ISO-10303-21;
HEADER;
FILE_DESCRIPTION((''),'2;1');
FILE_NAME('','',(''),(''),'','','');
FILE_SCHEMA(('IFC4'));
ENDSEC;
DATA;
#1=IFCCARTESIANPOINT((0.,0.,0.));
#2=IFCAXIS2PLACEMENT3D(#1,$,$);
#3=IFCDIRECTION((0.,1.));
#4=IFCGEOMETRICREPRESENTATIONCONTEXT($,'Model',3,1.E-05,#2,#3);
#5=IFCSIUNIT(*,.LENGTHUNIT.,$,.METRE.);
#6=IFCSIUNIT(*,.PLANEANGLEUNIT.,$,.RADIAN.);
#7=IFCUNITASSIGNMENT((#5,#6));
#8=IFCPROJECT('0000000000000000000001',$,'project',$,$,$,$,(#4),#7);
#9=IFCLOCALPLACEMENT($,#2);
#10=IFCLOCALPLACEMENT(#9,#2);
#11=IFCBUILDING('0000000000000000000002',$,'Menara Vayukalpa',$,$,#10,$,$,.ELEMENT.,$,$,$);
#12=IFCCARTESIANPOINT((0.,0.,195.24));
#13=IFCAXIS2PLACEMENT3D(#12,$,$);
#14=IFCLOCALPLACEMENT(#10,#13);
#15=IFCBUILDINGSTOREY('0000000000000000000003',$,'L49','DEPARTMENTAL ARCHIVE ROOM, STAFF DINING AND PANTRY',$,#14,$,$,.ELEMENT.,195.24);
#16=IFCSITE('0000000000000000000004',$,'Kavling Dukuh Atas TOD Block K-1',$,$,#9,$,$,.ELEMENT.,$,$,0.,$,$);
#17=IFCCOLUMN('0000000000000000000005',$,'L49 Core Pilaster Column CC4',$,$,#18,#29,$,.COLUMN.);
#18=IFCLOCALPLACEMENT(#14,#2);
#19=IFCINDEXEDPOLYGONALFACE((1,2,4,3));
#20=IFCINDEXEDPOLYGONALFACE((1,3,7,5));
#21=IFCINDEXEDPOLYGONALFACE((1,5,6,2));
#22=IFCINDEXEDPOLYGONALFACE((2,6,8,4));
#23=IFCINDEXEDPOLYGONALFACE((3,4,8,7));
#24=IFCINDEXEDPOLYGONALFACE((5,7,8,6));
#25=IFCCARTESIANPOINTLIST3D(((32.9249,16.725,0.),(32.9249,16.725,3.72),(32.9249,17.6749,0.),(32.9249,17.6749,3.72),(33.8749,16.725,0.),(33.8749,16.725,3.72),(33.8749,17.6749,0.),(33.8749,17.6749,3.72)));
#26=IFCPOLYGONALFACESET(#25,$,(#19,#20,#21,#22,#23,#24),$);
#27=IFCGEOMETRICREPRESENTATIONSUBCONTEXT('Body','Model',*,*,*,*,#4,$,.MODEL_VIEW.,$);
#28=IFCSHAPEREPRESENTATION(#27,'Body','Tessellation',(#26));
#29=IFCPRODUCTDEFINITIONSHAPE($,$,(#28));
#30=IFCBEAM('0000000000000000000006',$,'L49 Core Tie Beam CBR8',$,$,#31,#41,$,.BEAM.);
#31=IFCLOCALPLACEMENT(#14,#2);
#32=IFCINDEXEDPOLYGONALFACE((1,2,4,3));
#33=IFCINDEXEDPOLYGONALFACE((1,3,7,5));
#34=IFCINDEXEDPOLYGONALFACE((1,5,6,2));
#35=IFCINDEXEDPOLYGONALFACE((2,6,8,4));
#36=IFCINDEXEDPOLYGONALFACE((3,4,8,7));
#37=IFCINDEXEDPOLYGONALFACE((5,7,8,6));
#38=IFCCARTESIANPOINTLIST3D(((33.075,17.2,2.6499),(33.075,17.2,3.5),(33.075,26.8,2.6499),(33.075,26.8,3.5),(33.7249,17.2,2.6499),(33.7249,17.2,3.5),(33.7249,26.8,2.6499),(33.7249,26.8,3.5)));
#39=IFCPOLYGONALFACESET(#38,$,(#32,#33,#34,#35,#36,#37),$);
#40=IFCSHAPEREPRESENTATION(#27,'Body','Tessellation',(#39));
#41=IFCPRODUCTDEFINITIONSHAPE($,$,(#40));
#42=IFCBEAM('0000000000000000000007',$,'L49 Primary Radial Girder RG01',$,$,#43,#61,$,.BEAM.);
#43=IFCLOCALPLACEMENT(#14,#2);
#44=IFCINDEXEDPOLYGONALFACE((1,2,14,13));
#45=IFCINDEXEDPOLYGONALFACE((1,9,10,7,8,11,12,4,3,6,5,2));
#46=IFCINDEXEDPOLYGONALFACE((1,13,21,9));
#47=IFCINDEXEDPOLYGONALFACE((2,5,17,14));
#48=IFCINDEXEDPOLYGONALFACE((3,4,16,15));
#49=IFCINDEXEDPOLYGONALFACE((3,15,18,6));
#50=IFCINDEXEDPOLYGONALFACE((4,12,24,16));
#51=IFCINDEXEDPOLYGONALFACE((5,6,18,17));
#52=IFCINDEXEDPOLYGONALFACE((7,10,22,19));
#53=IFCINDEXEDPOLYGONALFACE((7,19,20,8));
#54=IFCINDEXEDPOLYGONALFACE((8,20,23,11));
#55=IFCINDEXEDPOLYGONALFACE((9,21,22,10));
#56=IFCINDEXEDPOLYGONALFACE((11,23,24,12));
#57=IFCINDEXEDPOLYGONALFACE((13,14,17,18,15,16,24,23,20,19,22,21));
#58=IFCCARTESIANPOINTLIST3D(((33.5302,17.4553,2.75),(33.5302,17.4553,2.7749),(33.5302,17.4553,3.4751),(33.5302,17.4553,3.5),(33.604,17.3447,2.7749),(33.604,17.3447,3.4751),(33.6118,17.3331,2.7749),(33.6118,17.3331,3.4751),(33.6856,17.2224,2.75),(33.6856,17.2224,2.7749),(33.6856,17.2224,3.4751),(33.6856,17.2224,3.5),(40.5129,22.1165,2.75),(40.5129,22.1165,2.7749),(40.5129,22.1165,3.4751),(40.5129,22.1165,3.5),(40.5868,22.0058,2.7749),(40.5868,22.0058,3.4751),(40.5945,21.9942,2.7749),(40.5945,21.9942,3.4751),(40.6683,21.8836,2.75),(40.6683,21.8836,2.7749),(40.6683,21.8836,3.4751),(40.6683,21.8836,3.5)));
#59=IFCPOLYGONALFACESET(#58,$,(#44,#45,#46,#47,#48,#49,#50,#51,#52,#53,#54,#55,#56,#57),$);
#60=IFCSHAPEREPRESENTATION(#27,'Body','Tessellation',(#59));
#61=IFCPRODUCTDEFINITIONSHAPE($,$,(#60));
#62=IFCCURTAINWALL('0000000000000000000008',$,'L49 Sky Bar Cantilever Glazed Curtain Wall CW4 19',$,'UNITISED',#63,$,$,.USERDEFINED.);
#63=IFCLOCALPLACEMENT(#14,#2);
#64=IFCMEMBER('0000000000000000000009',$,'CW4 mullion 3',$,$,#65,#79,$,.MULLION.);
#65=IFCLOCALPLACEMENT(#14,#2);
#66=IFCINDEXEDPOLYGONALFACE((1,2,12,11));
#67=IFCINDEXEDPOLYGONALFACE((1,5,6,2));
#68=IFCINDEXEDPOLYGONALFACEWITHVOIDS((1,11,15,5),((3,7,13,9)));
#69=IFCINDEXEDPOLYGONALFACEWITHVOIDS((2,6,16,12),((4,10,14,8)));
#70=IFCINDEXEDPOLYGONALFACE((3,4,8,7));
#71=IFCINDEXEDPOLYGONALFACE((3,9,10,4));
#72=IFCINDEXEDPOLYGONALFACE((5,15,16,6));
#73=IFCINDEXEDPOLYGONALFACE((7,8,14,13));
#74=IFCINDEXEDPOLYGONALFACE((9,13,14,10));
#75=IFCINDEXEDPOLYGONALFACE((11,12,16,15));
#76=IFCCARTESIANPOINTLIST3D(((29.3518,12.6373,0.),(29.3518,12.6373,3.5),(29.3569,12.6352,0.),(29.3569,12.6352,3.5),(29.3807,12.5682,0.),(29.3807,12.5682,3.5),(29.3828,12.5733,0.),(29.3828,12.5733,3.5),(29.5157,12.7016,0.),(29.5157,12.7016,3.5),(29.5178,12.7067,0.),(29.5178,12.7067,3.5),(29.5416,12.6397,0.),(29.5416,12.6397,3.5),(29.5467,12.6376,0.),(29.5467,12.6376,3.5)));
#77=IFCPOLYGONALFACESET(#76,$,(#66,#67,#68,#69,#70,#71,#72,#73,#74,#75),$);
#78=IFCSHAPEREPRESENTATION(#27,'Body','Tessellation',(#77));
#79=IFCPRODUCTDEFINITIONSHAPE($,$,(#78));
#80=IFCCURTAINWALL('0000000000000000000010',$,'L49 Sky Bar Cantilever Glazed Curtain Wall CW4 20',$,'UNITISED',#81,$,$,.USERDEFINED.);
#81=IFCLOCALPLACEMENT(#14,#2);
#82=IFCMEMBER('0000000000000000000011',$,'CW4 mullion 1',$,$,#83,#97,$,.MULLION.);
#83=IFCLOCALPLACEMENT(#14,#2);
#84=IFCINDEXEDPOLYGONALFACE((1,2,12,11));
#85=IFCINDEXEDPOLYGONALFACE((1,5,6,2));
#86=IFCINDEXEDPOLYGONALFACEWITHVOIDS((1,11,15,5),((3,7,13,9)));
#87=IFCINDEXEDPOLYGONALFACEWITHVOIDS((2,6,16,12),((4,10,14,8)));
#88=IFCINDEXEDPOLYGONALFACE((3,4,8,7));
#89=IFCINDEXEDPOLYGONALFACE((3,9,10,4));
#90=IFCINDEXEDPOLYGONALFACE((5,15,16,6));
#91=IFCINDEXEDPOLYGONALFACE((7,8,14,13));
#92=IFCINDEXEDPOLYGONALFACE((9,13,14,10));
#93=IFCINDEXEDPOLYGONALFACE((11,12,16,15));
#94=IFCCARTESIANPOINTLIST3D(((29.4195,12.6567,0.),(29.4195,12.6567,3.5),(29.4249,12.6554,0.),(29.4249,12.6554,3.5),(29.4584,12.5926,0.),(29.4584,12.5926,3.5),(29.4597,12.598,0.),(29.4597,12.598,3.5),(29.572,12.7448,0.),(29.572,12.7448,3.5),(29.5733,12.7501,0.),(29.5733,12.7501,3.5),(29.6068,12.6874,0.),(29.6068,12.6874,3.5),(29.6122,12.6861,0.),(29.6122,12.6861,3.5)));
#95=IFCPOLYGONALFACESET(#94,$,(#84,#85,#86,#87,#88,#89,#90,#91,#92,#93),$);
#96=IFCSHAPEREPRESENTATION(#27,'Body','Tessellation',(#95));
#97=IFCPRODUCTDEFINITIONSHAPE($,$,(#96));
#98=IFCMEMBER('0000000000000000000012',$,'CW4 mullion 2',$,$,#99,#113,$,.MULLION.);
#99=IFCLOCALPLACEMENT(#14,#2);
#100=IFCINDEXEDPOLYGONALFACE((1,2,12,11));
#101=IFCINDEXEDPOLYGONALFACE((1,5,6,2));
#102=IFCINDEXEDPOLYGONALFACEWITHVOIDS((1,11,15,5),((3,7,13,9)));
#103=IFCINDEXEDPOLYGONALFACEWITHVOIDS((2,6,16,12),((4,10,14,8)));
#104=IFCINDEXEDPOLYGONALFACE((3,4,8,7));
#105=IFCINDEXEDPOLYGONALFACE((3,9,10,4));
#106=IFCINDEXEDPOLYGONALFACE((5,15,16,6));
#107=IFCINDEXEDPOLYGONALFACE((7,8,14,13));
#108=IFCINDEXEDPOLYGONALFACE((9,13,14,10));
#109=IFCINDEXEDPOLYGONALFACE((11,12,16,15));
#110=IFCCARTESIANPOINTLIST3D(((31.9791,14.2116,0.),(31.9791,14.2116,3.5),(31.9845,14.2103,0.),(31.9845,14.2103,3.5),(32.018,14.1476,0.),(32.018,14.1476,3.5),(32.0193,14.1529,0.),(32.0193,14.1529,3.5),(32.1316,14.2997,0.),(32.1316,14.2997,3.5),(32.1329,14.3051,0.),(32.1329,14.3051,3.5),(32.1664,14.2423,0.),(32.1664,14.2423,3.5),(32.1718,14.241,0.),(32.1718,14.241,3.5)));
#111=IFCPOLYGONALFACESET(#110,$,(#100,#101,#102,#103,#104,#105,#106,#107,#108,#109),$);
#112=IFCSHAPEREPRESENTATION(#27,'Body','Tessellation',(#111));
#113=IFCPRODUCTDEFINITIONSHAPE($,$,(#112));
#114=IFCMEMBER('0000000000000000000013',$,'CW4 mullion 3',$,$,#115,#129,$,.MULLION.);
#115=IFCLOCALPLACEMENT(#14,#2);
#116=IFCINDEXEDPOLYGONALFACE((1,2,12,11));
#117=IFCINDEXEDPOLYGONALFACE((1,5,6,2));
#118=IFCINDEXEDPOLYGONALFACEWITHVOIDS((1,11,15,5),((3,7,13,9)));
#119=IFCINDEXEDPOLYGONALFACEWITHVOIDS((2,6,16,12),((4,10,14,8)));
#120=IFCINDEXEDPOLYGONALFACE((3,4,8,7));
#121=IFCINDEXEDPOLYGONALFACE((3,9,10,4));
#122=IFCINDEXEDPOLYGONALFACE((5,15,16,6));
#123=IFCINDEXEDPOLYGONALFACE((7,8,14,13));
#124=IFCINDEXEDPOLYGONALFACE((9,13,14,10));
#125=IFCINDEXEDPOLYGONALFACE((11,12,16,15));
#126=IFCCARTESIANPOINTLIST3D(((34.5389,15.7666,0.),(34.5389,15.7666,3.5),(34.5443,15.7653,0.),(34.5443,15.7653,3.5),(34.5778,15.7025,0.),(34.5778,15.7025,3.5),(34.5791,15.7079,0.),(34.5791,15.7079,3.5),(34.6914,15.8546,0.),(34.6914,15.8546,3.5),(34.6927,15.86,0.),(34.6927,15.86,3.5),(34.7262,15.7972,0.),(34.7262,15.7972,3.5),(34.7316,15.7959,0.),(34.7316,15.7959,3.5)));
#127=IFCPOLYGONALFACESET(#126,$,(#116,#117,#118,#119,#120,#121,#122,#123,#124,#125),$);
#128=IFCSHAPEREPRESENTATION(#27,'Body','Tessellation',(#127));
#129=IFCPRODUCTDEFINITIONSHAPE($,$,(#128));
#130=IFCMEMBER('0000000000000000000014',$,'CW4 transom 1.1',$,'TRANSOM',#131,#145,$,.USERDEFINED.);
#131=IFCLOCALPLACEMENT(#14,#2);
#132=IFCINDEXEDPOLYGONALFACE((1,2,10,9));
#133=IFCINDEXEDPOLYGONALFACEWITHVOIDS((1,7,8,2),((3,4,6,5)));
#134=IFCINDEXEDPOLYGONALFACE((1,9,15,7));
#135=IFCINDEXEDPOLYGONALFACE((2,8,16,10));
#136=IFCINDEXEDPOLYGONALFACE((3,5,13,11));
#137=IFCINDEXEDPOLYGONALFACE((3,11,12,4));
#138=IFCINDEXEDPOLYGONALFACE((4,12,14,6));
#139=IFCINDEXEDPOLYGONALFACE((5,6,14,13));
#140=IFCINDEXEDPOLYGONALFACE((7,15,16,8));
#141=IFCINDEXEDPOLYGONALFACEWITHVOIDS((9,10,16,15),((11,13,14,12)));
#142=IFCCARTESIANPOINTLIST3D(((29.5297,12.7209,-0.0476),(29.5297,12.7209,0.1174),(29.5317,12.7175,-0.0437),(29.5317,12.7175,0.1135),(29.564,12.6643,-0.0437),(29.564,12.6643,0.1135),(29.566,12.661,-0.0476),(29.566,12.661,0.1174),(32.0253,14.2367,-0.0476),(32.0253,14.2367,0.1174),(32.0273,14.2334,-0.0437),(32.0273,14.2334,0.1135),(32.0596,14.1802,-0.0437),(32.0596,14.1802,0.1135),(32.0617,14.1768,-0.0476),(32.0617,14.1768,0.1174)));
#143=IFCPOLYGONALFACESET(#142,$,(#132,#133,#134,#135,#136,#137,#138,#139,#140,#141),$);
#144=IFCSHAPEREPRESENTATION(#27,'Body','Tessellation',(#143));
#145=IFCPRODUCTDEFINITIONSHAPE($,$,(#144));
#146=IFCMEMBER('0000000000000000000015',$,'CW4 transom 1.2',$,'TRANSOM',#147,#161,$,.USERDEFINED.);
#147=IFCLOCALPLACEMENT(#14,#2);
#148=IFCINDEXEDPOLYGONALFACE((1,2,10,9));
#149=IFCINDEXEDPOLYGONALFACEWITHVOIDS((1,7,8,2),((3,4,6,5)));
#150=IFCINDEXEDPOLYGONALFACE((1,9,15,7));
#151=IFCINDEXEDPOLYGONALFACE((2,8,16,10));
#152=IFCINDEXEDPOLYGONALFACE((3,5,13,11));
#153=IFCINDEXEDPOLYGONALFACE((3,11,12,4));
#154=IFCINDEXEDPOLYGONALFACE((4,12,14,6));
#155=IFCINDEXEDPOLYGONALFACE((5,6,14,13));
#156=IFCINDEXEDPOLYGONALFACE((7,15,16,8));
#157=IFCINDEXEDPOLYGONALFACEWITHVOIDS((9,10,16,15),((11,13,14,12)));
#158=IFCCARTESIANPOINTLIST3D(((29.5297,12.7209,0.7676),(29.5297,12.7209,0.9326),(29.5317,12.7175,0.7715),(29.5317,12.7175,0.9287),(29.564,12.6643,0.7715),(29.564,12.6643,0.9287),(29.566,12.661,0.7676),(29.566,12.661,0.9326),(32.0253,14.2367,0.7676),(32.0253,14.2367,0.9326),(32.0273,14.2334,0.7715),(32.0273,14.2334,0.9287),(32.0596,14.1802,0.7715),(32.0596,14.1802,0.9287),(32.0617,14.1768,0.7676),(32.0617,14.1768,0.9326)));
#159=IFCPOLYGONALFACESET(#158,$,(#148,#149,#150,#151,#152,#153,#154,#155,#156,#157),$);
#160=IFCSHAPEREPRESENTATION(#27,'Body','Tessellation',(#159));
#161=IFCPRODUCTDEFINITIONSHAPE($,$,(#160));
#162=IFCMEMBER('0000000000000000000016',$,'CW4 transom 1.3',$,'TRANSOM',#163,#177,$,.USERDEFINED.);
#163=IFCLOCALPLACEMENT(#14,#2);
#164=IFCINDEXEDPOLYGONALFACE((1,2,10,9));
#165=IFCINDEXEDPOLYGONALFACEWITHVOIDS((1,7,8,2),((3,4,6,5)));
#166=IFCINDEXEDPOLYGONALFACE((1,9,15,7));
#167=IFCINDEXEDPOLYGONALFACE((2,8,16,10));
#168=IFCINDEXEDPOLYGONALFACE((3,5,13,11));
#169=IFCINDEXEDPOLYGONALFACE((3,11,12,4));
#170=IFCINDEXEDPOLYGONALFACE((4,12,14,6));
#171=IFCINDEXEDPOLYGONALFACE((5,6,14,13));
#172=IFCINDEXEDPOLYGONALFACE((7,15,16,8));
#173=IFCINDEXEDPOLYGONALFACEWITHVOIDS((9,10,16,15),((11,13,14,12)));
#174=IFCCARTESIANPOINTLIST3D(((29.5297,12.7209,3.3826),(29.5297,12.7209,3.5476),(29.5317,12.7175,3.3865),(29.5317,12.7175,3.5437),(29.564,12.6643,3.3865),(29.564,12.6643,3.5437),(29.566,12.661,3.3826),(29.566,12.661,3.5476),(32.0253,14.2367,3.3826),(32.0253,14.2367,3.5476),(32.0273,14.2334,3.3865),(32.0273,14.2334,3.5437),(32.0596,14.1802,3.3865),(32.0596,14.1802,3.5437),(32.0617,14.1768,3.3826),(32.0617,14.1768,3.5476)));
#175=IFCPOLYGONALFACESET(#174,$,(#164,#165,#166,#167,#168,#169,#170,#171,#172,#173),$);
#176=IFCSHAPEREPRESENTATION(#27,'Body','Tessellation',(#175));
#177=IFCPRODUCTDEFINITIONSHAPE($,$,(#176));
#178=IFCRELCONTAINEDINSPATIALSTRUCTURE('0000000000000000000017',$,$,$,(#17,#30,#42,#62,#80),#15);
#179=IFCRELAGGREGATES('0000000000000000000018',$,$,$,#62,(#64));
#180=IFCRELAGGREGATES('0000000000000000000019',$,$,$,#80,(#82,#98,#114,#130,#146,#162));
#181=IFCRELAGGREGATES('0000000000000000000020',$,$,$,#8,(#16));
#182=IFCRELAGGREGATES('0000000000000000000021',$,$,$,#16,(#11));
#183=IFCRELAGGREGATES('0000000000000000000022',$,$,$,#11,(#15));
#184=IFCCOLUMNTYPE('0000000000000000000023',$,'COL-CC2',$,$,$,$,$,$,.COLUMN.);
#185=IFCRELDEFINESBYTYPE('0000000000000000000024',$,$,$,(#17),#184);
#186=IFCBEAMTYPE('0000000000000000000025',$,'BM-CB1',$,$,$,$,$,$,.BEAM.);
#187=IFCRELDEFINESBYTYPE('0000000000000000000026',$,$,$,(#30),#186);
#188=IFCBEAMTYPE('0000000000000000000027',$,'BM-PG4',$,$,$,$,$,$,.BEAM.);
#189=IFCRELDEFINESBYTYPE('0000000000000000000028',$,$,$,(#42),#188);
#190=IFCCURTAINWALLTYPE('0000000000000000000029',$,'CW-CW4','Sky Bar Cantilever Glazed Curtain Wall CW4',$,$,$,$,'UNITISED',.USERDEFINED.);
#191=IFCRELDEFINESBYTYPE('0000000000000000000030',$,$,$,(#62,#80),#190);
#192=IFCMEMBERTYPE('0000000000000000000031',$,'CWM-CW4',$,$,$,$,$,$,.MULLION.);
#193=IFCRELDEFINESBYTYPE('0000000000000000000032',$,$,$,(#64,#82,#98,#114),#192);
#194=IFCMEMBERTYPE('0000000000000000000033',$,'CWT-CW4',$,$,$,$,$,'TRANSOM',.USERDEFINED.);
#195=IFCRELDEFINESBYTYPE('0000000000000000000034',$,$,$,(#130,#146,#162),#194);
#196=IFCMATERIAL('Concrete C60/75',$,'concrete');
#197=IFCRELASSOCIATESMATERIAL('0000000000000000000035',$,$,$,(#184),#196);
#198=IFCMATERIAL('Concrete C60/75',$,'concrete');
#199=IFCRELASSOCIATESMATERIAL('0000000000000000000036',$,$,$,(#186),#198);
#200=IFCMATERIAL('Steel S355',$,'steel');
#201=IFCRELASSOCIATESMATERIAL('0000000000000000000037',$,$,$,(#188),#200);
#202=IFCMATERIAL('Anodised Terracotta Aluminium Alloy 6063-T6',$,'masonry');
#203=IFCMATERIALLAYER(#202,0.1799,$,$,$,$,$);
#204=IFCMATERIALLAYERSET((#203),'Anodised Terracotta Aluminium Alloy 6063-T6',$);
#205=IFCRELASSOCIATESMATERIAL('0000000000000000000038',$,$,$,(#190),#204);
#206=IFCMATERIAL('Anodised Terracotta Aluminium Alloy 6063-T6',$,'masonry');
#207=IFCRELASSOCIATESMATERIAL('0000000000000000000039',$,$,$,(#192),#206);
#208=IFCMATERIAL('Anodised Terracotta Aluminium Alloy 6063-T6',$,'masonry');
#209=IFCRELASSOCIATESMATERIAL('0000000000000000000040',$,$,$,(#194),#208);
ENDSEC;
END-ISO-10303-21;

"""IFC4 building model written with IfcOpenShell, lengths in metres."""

from ifc_helpers import new_model, si_unit, direction, frame, origin, origin_2d, place, context, subcontext, project, spatial, rectangle, hollow_rectangle, i_section, extrude, material, layer, layer_set, material_profile, profile_set, type_object, element, aggregate, save


model = new_model("IFC4")

# Units and contexts
model_context = context("Model", 3, precision=1e-05, world=origin(), true_north=direction((0.0, 1.0)))
body_context = subcontext(model_context, "Body", "Model", "MODEL_VIEW")
ifc_project = project(units=[si_unit("LENGTHUNIT", "METRE"), si_unit("PLANEANGLEUNIT", "RADIAN")], contexts=[model_context])

# Site, building, storey
site_placement = place(None, origin())
site = spatial("IfcSite", under=ifc_project, at=site_placement, Name="Kavling Dukuh Atas TOD Block K-1", CompositionType="ELEMENT", RefElevation=0.0)
building_placement = place(site_placement, origin())
building = spatial("IfcBuilding", under=site, at=building_placement, Name="Menara Vayukalpa", CompositionType="ELEMENT")
storey_placement = place(building_placement, frame((0.0, 0.0, 195.24)))
storey = spatial("IfcBuildingStorey", under=building, at=storey_placement, Name="L49", Description="DEPARTMENTAL ARCHIVE ROOM, STAFF DINING AND PANTRY", CompositionType="ELEMENT", Elevation=195.24)

# Column
ifc_material_1 = material(Name="Concrete C60/75", Category="concrete")
ifc_material_profile_1 = material_profile(ifc_material_1, rectangle(XDim=0.95, YDim=0.95, at=origin_2d()), Name="RC 950x950")
ifc_profile_set_1 = profile_set([ifc_material_profile_1], Name="Concrete C60/75")
column_type = type_object("IfcColumnType", Name="COL-CC2", PredefinedType="COLUMN", material=ifc_profile_set_1)
column_placement = place(storey_placement, frame((33.3999, 17.2, 0.0), z_axis=(0.0, 0.0, 1.0), x_axis=(1.0, 0.0, 0.0)))
element("IfcColumn", 1, at=column_placement, inside=storey, type_object=column_type, Name="L49 Core Pilaster Column CC4", PredefinedType="COLUMN", context=body_context, shape_type="SweptSolid", body=[
    extrude(rectangle(XDim=0.95, YDim=0.95, at=origin_2d()), origin(), (0.0, 0.0, 1.0), 3.72),
])

# Beams
ifc_material_2 = material(Name="Concrete C60/75", Category="concrete")
ifc_material_profile_2 = material_profile(ifc_material_2, rectangle(XDim=0.6499, YDim=0.8501, at=origin_2d()), Name="RC 650x850")
ifc_profile_set_2 = profile_set([ifc_material_profile_2], Name="Concrete C60/75")
beam_type_1 = type_object("IfcBeamType", Name="BM-CB1", PredefinedType="BEAM", material=ifc_profile_set_2)
beam_1_placement = place(storey_placement, frame((33.3999, 17.2, 3.075), z_axis=(0.0, 1.0, 0.0), x_axis=(-1.0, 0.0, 0.0)))
element("IfcBeam", 2, at=beam_1_placement, inside=storey, type_object=beam_type_1, Name="L49 Core Tie Beam CBR8", PredefinedType="BEAM", context=body_context, shape_type="SweptSolid", body=[
    extrude(rectangle(XDim=0.6499, YDim=0.8501, at=origin_2d()), origin(), (0.0, 0.0, 1.0), 9.6001),
])
ifc_material_3 = material(Name="Steel S355", Category="steel")
ifc_material_profile_3 = material_profile(ifc_material_3, i_section(OverallWidth=0.28, OverallDepth=0.75, WebThickness=0.0139, FlangeThickness=0.0249, at=origin_2d()), Name="WF 750x280x14x25")
ifc_profile_set_3 = profile_set([ifc_material_profile_3], Name="Steel S355")
beam_type_2 = type_object("IfcBeamType", Name="BM-PG4", PredefinedType="BEAM", material=ifc_profile_set_3)
beam_2_placement = place(storey_placement, frame((33.6079, 17.3389, 3.125), z_axis=(0.831719, 0.555197, 0.0), x_axis=(-0.555197, 0.831719, 0.0)))
element("IfcBeam", 3, at=beam_2_placement, inside=storey, type_object=beam_type_2, Name="L49 Primary Radial Girder RG01", PredefinedType="BEAM", context=body_context, shape_type="SweptSolid", body=[
    extrude(i_section(OverallWidth=0.28, OverallDepth=0.75, WebThickness=0.0139, FlangeThickness=0.0249, at=origin_2d()), origin(), (0.0, 0.0, 1.0), 8.3955),
])

# Curtain wall, member
ifc_material_4 = material(Name="Anodised Terracotta Aluminium Alloy 6063-T6", Category="masonry")
ifc_layer_1 = layer(ifc_material_4, 0.1799)
ifc_layer_set_1 = layer_set([ifc_layer_1], Name="Anodised Terracotta Aluminium Alloy 6063-T6")
curtain_wall_type = type_object("IfcCurtainWallType", Name="CW-CW4", Description="Sky Bar Cantilever Glazed Curtain Wall CW4", ElementType="UNITISED", PredefinedType="USERDEFINED", material=ifc_layer_set_1)
curtain_wall_1_placement = place(storey_placement, origin())
curtain_wall_1 = element("IfcCurtainWall", 4, at=curtain_wall_1_placement, inside=storey, type_object=curtain_wall_type, Name="L49 Sky Bar Cantilever Glazed Curtain Wall CW4 19", ObjectType="UNITISED", PredefinedType="USERDEFINED")
ifc_material_5 = material(Name="Anodised Terracotta Aluminium Alloy 6063-T6", Category="masonry")
ifc_material_profile_4 = material_profile(ifc_material_5, hollow_rectangle(XDim=0.075, YDim=0.1799, WallThickness=0.0039, at=origin_2d()), Name="ALU 75x180x4")
ifc_profile_set_4 = profile_set([ifc_material_profile_4], Name="Anodised Terracotta Aluminium Alloy 6063-T6")
member_type_1 = type_object("IfcMemberType", Name="CWM-CW4", PredefinedType="MULLION", material=ifc_profile_set_4)
member_1_placement = place(storey_placement, frame((29.4492, 12.6375, 0.0), z_axis=(0.0, 0.0, 1.0), x_axis=(-0.385903, 0.922539, 0.0)))
member_1 = element("IfcMember", 5, at=member_1_placement, type_object=member_type_1, Name="CW4 mullion 3", PredefinedType="MULLION", context=body_context, shape_type="SweptSolid", body=[
    extrude(hollow_rectangle(XDim=0.075, YDim=0.1799, WallThickness=0.0039, at=origin_2d()), origin(), (0.0, 0.0, 1.0), 3.5),
])
aggregate(curtain_wall_1, [member_1])

# Curtain wall, members
curtain_wall_2_placement = place(storey_placement, origin())
curtain_wall_2 = element("IfcCurtainWall", 6, at=curtain_wall_2_placement, inside=storey, type_object=curtain_wall_type, Name="L49 Sky Bar Cantilever Glazed Curtain Wall CW4 20", ObjectType="UNITISED", PredefinedType="USERDEFINED")
member_2_placement = place(storey_placement, frame((29.5159, 12.6714, 0.0), z_axis=(0.0, 0.0, 1.0), x_axis=(-0.51918, 0.854665, 0.0)))
member_2 = element("IfcMember", 7, at=member_2_placement, type_object=member_type_1, Name="CW4 mullion 1", PredefinedType="MULLION", context=body_context, shape_type="SweptSolid", body=[
    extrude(hollow_rectangle(XDim=0.075, YDim=0.1799, WallThickness=0.0039, at=origin_2d()), origin(), (0.0, 0.0, 1.0), 3.5),
])
member_3_placement = place(storey_placement, frame((32.0754, 14.2263, 0.0), z_axis=(0.0, 0.0, 1.0), x_axis=(-0.51918, 0.854665, 0.0)))
member_3 = element("IfcMember", 8, at=member_3_placement, type_object=member_type_1, Name="CW4 mullion 2", PredefinedType="MULLION", context=body_context, shape_type="SweptSolid", body=[
    extrude(hollow_rectangle(XDim=0.075, YDim=0.1799, WallThickness=0.0039, at=origin_2d()), origin(), (0.0, 0.0, 1.0), 3.5),
])
member_4_placement = place(storey_placement, frame((34.6353, 15.7812, 0.0), z_axis=(0.0, 0.0, 1.0), x_axis=(-0.51918, 0.854665, 0.0)))
member_4 = element("IfcMember", 9, at=member_4_placement, type_object=member_type_1, Name="CW4 mullion 3", PredefinedType="MULLION", context=body_context, shape_type="SweptSolid", body=[
    extrude(hollow_rectangle(XDim=0.075, YDim=0.1799, WallThickness=0.0039, at=origin_2d()), origin(), (0.0, 0.0, 1.0), 3.5),
])
ifc_material_6 = material(Name="Anodised Terracotta Aluminium Alloy 6063-T6", Category="masonry")
ifc_material_profile_5 = material_profile(ifc_material_6, hollow_rectangle(XDim=0.0701, YDim=0.165, WallThickness=0.0039, at=origin_2d()), Name="ALU 70x165x4")
ifc_profile_set_5 = profile_set([ifc_material_profile_5], Name="Anodised Terracotta Aluminium Alloy 6063-T6")
member_type_2 = type_object("IfcMemberType", Name="CWT-CW4", ElementType="TRANSOM", PredefinedType="USERDEFINED", material=ifc_profile_set_5)
member_5_placement = place(storey_placement, frame((29.5479, 12.6909, 0.0349), z_axis=(0.854684, 0.519148, 0.0), x_axis=(-0.519148, 0.854684, 0.0)))
member_5 = element("IfcMember", 10, at=member_5_placement, type_object=member_type_2, Name="CW4 transom 1.1", ObjectType="TRANSOM", PredefinedType="USERDEFINED", context=body_context, shape_type="SweptSolid", body=[
    extrude(hollow_rectangle(XDim=0.0701, YDim=0.165, WallThickness=0.0039, at=origin_2d()), origin(), (0.0, 0.0, 1.0), 2.9199),
])
member_6_placement = place(storey_placement, frame((29.5479, 12.6909, 0.8501), z_axis=(0.854684, 0.519148, 0.0), x_axis=(-0.519148, 0.854684, 0.0)))
member_6 = element("IfcMember", 11, at=member_6_placement, type_object=member_type_2, Name="CW4 transom 1.2", ObjectType="TRANSOM", PredefinedType="USERDEFINED", context=body_context, shape_type="SweptSolid", body=[
    extrude(hollow_rectangle(XDim=0.0701, YDim=0.165, WallThickness=0.0039, at=origin_2d()), origin(), (0.0, 0.0, 1.0), 2.9199),
])
member_7_placement = place(storey_placement, frame((29.5479, 12.6909, 3.4651), z_axis=(0.854684, 0.519148, 0.0), x_axis=(-0.519148, 0.854684, 0.0)))
member_7 = element("IfcMember", 12, at=member_7_placement, type_object=member_type_2, Name="CW4 transom 1.3", ObjectType="TRANSOM", PredefinedType="USERDEFINED", context=body_context, shape_type="SweptSolid", body=[
    extrude(hollow_rectangle(XDim=0.0701, YDim=0.165, WallThickness=0.0039, at=origin_2d()), origin(), (0.0, 0.0, 1.0), 2.9199),
])
aggregate(curtain_wall_2, [member_2, member_3, member_4, member_5, member_6, member_7])

save(model, "model.ifc")
